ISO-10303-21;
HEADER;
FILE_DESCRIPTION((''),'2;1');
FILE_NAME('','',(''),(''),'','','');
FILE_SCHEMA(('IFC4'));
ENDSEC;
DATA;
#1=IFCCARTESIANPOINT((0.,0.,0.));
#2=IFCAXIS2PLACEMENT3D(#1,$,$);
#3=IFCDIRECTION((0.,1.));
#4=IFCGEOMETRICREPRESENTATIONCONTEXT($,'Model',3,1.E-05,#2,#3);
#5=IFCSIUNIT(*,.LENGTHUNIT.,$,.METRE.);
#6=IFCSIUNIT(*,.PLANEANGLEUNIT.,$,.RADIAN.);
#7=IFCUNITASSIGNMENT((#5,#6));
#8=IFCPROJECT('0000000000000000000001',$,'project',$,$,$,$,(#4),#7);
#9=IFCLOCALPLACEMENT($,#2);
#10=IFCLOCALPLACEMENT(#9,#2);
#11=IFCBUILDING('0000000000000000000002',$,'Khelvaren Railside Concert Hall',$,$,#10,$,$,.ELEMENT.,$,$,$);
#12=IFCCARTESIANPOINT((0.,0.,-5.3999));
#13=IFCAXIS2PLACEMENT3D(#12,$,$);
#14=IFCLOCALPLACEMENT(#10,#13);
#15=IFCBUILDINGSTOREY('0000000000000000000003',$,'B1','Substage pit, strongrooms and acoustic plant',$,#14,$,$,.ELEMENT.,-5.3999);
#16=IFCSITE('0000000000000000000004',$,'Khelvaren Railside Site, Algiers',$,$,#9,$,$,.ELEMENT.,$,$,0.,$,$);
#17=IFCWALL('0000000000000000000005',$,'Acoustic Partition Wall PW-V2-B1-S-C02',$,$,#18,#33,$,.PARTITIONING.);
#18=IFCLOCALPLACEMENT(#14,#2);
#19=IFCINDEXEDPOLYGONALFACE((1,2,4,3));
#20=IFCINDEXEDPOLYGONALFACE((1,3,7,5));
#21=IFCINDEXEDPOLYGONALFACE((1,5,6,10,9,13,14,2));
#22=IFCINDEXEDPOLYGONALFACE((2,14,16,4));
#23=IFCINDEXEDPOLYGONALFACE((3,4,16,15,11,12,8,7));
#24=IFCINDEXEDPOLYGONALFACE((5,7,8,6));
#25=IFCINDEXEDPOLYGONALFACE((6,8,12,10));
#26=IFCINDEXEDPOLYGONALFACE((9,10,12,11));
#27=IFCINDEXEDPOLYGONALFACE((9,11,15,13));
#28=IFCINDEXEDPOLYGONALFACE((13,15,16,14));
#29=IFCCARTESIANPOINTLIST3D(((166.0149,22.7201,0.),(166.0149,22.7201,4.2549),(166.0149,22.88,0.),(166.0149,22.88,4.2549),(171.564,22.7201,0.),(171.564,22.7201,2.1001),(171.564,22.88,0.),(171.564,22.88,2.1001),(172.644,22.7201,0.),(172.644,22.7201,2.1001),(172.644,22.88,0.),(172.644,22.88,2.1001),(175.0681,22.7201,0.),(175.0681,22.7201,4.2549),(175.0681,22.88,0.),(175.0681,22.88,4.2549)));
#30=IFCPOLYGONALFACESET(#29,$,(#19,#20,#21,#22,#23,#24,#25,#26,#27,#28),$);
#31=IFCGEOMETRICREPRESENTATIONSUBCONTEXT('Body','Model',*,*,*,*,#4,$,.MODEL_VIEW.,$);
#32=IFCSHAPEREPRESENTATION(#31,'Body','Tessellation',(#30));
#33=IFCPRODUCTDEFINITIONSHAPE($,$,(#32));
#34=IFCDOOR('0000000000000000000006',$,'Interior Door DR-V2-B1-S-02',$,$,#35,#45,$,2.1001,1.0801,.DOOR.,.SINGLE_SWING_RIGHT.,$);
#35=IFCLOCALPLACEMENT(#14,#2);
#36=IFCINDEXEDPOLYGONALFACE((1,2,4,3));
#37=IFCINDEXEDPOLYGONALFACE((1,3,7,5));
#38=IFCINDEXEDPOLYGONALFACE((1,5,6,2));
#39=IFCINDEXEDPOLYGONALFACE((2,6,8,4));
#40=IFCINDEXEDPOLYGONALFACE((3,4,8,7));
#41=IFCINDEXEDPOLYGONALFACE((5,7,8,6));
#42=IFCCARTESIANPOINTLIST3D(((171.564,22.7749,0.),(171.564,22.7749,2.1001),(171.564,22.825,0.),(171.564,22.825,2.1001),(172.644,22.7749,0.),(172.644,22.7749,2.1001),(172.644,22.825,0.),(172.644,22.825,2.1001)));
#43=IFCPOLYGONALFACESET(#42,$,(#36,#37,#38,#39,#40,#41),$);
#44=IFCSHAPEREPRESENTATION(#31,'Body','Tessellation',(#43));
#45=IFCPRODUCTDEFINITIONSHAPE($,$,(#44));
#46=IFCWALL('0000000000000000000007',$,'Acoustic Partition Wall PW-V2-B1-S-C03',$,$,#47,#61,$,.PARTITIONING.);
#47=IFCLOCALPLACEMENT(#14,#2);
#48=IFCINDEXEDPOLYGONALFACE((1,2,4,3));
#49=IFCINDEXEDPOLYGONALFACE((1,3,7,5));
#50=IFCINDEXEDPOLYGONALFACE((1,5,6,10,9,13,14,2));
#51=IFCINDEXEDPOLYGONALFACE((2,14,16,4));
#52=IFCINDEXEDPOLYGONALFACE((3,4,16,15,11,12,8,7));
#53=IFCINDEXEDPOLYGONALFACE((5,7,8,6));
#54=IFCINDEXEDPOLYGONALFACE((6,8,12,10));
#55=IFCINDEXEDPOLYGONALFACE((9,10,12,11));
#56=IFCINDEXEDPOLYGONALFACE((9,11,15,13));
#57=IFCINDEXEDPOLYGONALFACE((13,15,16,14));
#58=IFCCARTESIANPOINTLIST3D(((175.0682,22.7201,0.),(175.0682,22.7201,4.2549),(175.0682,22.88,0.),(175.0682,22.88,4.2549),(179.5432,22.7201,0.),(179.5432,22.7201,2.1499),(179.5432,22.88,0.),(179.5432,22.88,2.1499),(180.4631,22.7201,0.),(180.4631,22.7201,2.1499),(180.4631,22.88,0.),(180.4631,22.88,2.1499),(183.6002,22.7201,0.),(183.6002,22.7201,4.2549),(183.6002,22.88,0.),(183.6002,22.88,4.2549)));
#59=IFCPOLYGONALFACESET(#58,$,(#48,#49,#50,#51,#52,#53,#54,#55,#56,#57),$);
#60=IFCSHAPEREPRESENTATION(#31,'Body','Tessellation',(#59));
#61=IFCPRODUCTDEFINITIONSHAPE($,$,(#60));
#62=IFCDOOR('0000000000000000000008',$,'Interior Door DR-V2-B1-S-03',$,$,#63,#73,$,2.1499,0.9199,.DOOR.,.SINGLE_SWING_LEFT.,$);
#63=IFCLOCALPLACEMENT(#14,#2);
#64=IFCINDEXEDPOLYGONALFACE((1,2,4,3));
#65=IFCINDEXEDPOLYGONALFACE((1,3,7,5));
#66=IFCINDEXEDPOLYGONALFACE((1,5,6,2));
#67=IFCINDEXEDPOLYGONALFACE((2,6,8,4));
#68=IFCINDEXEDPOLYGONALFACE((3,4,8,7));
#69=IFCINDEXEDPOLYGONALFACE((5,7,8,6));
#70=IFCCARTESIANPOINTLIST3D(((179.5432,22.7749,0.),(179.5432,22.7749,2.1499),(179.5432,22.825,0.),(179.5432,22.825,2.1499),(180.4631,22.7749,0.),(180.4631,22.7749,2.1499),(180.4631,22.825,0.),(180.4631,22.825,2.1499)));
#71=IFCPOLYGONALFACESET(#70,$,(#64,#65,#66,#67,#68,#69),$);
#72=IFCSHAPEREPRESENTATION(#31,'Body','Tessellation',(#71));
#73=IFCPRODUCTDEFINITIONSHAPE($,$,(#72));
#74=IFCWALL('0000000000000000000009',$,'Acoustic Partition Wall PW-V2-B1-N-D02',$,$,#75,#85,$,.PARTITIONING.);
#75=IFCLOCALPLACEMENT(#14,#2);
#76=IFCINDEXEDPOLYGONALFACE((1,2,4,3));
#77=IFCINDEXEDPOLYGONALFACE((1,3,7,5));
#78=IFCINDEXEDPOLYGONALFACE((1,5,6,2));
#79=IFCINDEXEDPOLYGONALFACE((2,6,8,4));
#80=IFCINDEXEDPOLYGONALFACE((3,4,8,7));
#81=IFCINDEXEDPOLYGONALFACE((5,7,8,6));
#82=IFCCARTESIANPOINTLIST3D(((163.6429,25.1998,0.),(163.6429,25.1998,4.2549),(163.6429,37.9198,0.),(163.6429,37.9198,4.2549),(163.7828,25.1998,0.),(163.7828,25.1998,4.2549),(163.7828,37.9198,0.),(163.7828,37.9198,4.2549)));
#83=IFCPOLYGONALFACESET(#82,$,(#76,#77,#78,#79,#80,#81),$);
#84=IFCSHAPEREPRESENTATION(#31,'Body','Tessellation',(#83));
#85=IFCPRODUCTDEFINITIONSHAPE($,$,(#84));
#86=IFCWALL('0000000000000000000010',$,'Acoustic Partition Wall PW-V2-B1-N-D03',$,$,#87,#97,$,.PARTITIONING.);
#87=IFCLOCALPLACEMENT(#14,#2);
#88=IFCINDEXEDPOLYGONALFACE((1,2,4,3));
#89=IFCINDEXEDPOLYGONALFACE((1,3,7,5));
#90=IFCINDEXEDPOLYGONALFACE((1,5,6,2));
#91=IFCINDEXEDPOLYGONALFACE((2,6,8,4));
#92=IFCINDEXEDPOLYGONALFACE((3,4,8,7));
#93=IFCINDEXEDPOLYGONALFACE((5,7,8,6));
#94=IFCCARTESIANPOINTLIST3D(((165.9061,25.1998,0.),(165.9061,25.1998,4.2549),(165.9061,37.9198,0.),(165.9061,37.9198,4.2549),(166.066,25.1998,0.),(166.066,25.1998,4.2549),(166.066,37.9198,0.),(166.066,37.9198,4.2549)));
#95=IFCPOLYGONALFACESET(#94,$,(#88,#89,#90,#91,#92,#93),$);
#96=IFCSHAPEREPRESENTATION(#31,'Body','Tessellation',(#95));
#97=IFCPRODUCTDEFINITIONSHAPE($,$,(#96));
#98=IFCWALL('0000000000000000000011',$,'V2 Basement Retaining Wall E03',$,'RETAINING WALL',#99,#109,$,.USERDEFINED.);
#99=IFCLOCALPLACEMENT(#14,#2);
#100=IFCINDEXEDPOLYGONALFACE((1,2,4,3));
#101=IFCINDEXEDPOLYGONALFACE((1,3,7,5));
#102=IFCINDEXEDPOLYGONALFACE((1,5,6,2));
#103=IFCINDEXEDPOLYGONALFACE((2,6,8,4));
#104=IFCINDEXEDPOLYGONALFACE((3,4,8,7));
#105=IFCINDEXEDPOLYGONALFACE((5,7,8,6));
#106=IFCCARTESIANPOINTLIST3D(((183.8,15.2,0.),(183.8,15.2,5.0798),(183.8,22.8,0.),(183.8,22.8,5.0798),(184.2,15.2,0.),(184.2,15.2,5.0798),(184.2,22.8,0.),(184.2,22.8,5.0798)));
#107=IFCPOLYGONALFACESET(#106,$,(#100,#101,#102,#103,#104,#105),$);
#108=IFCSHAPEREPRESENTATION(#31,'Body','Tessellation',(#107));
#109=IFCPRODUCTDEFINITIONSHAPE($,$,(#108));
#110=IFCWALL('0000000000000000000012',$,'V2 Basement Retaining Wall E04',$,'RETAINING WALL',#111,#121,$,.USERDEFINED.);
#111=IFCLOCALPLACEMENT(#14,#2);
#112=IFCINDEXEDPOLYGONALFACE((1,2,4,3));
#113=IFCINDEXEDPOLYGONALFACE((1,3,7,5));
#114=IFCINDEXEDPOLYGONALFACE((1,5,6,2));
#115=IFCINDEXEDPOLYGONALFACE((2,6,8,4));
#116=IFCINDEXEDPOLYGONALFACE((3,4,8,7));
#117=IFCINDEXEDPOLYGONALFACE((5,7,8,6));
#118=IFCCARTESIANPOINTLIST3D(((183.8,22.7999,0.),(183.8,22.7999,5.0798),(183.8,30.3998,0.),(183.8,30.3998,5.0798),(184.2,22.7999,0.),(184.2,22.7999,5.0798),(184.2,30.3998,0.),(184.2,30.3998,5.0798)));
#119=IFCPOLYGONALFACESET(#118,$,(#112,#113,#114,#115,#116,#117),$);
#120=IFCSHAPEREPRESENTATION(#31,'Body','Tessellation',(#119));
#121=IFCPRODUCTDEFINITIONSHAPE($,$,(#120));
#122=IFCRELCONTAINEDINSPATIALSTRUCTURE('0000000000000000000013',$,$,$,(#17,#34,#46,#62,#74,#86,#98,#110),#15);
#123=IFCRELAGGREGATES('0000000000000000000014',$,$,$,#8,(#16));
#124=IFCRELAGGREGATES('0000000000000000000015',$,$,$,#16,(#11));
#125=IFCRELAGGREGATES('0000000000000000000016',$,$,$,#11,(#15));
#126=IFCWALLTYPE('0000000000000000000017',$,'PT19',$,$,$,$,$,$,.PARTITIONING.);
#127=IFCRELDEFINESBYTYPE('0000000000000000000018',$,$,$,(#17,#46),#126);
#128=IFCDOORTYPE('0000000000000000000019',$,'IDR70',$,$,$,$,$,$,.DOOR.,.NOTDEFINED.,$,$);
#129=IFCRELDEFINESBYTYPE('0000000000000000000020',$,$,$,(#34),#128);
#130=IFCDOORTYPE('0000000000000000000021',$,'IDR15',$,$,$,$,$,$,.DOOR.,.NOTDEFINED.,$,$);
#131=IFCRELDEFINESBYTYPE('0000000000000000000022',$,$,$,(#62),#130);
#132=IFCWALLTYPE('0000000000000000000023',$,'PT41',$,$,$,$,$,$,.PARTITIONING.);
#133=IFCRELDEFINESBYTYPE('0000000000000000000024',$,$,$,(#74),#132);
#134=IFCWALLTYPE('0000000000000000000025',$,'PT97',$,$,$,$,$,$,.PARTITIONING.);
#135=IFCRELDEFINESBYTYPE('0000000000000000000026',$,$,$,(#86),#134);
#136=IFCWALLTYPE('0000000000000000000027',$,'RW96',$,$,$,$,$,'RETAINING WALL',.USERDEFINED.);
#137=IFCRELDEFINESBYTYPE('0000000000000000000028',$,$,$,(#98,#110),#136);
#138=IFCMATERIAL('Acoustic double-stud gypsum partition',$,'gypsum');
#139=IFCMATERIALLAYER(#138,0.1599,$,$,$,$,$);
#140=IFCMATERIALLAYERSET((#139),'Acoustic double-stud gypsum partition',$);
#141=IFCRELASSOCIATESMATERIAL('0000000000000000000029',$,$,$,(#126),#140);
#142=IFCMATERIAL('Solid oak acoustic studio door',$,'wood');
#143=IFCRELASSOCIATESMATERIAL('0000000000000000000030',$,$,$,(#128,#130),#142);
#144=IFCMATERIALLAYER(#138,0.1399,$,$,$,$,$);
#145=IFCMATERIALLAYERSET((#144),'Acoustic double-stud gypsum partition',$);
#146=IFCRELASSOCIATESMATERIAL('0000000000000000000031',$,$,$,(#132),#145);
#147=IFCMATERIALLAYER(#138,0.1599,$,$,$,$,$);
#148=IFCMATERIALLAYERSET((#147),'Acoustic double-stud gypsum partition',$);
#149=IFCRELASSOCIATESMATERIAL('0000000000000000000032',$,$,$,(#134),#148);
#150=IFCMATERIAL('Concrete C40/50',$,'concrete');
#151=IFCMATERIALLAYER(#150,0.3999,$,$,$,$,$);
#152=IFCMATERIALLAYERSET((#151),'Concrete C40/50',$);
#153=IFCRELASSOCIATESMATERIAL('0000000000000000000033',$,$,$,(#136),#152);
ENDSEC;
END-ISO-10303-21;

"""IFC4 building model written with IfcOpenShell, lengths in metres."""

from ifc_helpers import new_model, si_unit, direction, frame, frame_2d, origin, place, context, subcontext, project, spatial, rectangle, extrude, material, layer, layer_set, type_object, element, fill, save


model = new_model("IFC4")

# Units and contexts
model_context = context("Model", 3, precision=1e-05, world=origin(), true_north=direction((0.0, 1.0)))
body_context = subcontext(model_context, "Body", "Model", "MODEL_VIEW")
ifc_project = project(units=[si_unit("LENGTHUNIT", "METRE"), si_unit("PLANEANGLEUNIT", "RADIAN")], contexts=[model_context])

# Site, building, storey
site_placement = place(None, origin())
site = spatial("IfcSite", under=ifc_project, at=site_placement, Name="Khelvaren Railside Site, Algiers", CompositionType="ELEMENT", RefElevation=0.0)
building_placement = place(site_placement, origin())
building = spatial("IfcBuilding", under=site, at=building_placement, Name="Khelvaren Railside Concert Hall", CompositionType="ELEMENT")
storey_placement = place(building_placement, frame((0.0, 0.0, -5.3999)))
storey = spatial("IfcBuildingStorey", under=building, at=storey_placement, Name="B1", Description="Substage pit, strongrooms and acoustic plant", CompositionType="ELEMENT", Elevation=-5.3999)

# Walls, openings, doors
ifc_material_1 = material(Name="Acoustic double-stud gypsum partition", Category="gypsum")
ifc_layer_1 = layer(ifc_material_1, 0.1599)
ifc_layer_set_1 = layer_set([ifc_layer_1], Name="Acoustic double-stud gypsum partition")
wall_type_1 = type_object("IfcWallType", Name="PT19", PredefinedType="PARTITIONING", material=ifc_layer_set_1)
wall_1_placement = place(storey_placement, frame((166.0149, 22.8, 0.0), z_axis=(0.0, 0.0, 1.0), x_axis=(1.0, 0.0, 0.0)))
wall_1 = element("IfcWall", 1, at=wall_1_placement, inside=storey, type_object=wall_type_1, Name="Acoustic Partition Wall PW-V2-B1-S-C02", PredefinedType="PARTITIONING", context=body_context, shape_type="SweptSolid", body=[
    extrude(rectangle(XDim=9.0532, YDim=0.1599, at=frame_2d((4.5266, 0.0))), origin(), (0.0, 0.0, 1.0), 4.2549),
])
opening_1_placement = place(wall_1_placement, frame((5.5491, 0.0, 0.0)))
opening_1 = element("IfcOpeningElement", 2, at=opening_1_placement, cuts=wall_1, PredefinedType="OPENING", context=body_context, shape_type="SweptSolid", body=[
    extrude(rectangle(XDim=1.0801, YDim=2.1001, at=frame_2d((0.54, 1.05))), frame((0.0, 0.0898, 0.0), z_axis=(0.0, -1.0, 0.0), x_axis=(1.0, 0.0, 0.0)), (0.0, 0.0, 1.0), 0.1799),
])
ifc_material_2 = material(Name="Solid oak acoustic studio door", Category="wood")
door_type_1 = type_object("IfcDoorType", Name="IDR70", OperationType="NOTDEFINED", PredefinedType="DOOR", material=ifc_material_2)
door_1_placement = place(opening_1_placement, origin())
door_1 = element("IfcDoor", 3, at=door_1_placement, inside=storey, type_object=door_type_1, Name="Interior Door DR-V2-B1-S-02", OperationType="SINGLE_SWING_RIGHT", OverallHeight=2.1001, OverallWidth=1.0801, PredefinedType="DOOR", context=body_context, shape_type="SweptSolid", body=[
    extrude(rectangle(XDim=1.0801, YDim=2.1001, at=frame_2d((0.54, 1.05))), frame((0.0, 0.0249, 0.0), z_axis=(0.0, -1.0, 0.0), x_axis=(1.0, 0.0, 0.0)), (0.0, 0.0, 1.0), 0.05),
])
fill(opening_1, door_1)
wall_2_placement = place(storey_placement, frame((175.0681, 22.8, 0.0), z_axis=(0.0, 0.0, 1.0), x_axis=(1.0, 0.0, 0.0)))
wall_2 = element("IfcWall", 4, at=wall_2_placement, inside=storey, type_object=wall_type_1, Name="Acoustic Partition Wall PW-V2-B1-S-C03", PredefinedType="PARTITIONING", context=body_context, shape_type="SweptSolid", body=[
    extrude(rectangle(XDim=8.532, YDim=0.1599, at=frame_2d((4.2661, 0.0))), origin(), (0.0, 0.0, 1.0), 4.2549),
])
opening_2_placement = place(wall_2_placement, frame((4.4751, 0.0, 0.0)))
opening_2 = element("IfcOpeningElement", 5, at=opening_2_placement, cuts=wall_2, PredefinedType="OPENING", context=body_context, shape_type="SweptSolid", body=[
    extrude(rectangle(XDim=0.9199, YDim=2.1499, at=frame_2d((0.46, 1.075))), frame((0.0, 0.0898, 0.0), z_axis=(0.0, -1.0, 0.0), x_axis=(1.0, 0.0, 0.0)), (0.0, 0.0, 1.0), 0.1799),
])
door_type_2 = type_object("IfcDoorType", Name="IDR15", OperationType="NOTDEFINED", PredefinedType="DOOR", material=ifc_material_2)
door_2_placement = place(opening_2_placement, origin())
door_2 = element("IfcDoor", 6, at=door_2_placement, inside=storey, type_object=door_type_2, Name="Interior Door DR-V2-B1-S-03", OperationType="SINGLE_SWING_LEFT", OverallHeight=2.1499, OverallWidth=0.9199, PredefinedType="DOOR", context=body_context, shape_type="SweptSolid", body=[
    extrude(rectangle(XDim=0.9199, YDim=2.1499, at=frame_2d((0.46, 1.075))), frame((0.0, 0.0249, 0.0), z_axis=(0.0, -1.0, 0.0), x_axis=(1.0, 0.0, 0.0)), (0.0, 0.0, 1.0), 0.05),
])
fill(opening_2, door_2)

# Wall
ifc_layer_2 = layer(ifc_material_1, 0.1399)
ifc_layer_set_2 = layer_set([ifc_layer_2], Name="Acoustic double-stud gypsum partition")
wall_type_2 = type_object("IfcWallType", Name="PT41", PredefinedType="PARTITIONING", material=ifc_layer_set_2)
wall_3_placement = place(storey_placement, frame((163.7129, 25.2, 0.0), z_axis=(0.0, 0.0, 1.0), x_axis=(0.0, 1.0, 0.0)))
element("IfcWall", 7, at=wall_3_placement, inside=storey, type_object=wall_type_2, Name="Acoustic Partition Wall PW-V2-B1-N-D02", PredefinedType="PARTITIONING", context=body_context, shape_type="SweptSolid", body=[
    extrude(rectangle(XDim=12.72, YDim=0.1399, at=frame_2d((6.3599, 0.0))), origin(), (0.0, 0.0, 1.0), 4.2549),
])

# Walls
ifc_layer_3 = layer(ifc_material_1, 0.1599)
ifc_layer_set_3 = layer_set([ifc_layer_3], Name="Acoustic double-stud gypsum partition")
wall_type_3 = type_object("IfcWallType", Name="PT97", PredefinedType="PARTITIONING", material=ifc_layer_set_3)
wall_4_placement = place(storey_placement, frame((165.9861, 25.2, 0.0), z_axis=(0.0, 0.0, 1.0), x_axis=(0.0, 1.0, 0.0)))
element("IfcWall", 8, at=wall_4_placement, inside=storey, type_object=wall_type_3, Name="Acoustic Partition Wall PW-V2-B1-N-D03", PredefinedType="PARTITIONING", context=body_context, shape_type="SweptSolid", body=[
    extrude(rectangle(XDim=12.72, YDim=0.1599, at=frame_2d((6.3599, 0.0))), origin(), (0.0, 0.0, 1.0), 4.2549),
])
ifc_material_3 = material(Name="Concrete C40/50", Category="concrete")
ifc_layer_4 = layer(ifc_material_3, 0.3999)
ifc_layer_set_4 = layer_set([ifc_layer_4], Name="Concrete C40/50")
wall_type_4 = type_object("IfcWallType", Name="RW96", ElementType="RETAINING WALL", PredefinedType="USERDEFINED", material=ifc_layer_set_4)
wall_5_placement = place(storey_placement, frame((184.0, 15.2, 0.0), z_axis=(0.0, 0.0, 1.0), x_axis=(0.0, 1.0, 0.0)))
element("IfcWall", 9, at=wall_5_placement, inside=storey, type_object=wall_type_4, Name="V2 Basement Retaining Wall E03", ObjectType="RETAINING WALL", PredefinedType="USERDEFINED", context=body_context, shape_type="SweptSolid", body=[
    extrude(rectangle(XDim=7.6001, YDim=0.3999, at=frame_2d((3.8, 0.0))), origin(), (0.0, 0.0, 1.0), 5.0798),
])
wall_6_placement = place(storey_placement, frame((184.0, 22.8, 0.0), z_axis=(0.0, 0.0, 1.0), x_axis=(0.0, 1.0, 0.0)))
element("IfcWall", 10, at=wall_6_placement, inside=storey, type_object=wall_type_4, Name="V2 Basement Retaining Wall E04", ObjectType="RETAINING WALL", PredefinedType="USERDEFINED", context=body_context, shape_type="SweptSolid", body=[
    extrude(rectangle(XDim=7.5999, YDim=0.3999, at=frame_2d((3.7998, 0.0))), origin(), (0.0, 0.0, 1.0), 5.0798),
])

save(model, "model.ifc")
